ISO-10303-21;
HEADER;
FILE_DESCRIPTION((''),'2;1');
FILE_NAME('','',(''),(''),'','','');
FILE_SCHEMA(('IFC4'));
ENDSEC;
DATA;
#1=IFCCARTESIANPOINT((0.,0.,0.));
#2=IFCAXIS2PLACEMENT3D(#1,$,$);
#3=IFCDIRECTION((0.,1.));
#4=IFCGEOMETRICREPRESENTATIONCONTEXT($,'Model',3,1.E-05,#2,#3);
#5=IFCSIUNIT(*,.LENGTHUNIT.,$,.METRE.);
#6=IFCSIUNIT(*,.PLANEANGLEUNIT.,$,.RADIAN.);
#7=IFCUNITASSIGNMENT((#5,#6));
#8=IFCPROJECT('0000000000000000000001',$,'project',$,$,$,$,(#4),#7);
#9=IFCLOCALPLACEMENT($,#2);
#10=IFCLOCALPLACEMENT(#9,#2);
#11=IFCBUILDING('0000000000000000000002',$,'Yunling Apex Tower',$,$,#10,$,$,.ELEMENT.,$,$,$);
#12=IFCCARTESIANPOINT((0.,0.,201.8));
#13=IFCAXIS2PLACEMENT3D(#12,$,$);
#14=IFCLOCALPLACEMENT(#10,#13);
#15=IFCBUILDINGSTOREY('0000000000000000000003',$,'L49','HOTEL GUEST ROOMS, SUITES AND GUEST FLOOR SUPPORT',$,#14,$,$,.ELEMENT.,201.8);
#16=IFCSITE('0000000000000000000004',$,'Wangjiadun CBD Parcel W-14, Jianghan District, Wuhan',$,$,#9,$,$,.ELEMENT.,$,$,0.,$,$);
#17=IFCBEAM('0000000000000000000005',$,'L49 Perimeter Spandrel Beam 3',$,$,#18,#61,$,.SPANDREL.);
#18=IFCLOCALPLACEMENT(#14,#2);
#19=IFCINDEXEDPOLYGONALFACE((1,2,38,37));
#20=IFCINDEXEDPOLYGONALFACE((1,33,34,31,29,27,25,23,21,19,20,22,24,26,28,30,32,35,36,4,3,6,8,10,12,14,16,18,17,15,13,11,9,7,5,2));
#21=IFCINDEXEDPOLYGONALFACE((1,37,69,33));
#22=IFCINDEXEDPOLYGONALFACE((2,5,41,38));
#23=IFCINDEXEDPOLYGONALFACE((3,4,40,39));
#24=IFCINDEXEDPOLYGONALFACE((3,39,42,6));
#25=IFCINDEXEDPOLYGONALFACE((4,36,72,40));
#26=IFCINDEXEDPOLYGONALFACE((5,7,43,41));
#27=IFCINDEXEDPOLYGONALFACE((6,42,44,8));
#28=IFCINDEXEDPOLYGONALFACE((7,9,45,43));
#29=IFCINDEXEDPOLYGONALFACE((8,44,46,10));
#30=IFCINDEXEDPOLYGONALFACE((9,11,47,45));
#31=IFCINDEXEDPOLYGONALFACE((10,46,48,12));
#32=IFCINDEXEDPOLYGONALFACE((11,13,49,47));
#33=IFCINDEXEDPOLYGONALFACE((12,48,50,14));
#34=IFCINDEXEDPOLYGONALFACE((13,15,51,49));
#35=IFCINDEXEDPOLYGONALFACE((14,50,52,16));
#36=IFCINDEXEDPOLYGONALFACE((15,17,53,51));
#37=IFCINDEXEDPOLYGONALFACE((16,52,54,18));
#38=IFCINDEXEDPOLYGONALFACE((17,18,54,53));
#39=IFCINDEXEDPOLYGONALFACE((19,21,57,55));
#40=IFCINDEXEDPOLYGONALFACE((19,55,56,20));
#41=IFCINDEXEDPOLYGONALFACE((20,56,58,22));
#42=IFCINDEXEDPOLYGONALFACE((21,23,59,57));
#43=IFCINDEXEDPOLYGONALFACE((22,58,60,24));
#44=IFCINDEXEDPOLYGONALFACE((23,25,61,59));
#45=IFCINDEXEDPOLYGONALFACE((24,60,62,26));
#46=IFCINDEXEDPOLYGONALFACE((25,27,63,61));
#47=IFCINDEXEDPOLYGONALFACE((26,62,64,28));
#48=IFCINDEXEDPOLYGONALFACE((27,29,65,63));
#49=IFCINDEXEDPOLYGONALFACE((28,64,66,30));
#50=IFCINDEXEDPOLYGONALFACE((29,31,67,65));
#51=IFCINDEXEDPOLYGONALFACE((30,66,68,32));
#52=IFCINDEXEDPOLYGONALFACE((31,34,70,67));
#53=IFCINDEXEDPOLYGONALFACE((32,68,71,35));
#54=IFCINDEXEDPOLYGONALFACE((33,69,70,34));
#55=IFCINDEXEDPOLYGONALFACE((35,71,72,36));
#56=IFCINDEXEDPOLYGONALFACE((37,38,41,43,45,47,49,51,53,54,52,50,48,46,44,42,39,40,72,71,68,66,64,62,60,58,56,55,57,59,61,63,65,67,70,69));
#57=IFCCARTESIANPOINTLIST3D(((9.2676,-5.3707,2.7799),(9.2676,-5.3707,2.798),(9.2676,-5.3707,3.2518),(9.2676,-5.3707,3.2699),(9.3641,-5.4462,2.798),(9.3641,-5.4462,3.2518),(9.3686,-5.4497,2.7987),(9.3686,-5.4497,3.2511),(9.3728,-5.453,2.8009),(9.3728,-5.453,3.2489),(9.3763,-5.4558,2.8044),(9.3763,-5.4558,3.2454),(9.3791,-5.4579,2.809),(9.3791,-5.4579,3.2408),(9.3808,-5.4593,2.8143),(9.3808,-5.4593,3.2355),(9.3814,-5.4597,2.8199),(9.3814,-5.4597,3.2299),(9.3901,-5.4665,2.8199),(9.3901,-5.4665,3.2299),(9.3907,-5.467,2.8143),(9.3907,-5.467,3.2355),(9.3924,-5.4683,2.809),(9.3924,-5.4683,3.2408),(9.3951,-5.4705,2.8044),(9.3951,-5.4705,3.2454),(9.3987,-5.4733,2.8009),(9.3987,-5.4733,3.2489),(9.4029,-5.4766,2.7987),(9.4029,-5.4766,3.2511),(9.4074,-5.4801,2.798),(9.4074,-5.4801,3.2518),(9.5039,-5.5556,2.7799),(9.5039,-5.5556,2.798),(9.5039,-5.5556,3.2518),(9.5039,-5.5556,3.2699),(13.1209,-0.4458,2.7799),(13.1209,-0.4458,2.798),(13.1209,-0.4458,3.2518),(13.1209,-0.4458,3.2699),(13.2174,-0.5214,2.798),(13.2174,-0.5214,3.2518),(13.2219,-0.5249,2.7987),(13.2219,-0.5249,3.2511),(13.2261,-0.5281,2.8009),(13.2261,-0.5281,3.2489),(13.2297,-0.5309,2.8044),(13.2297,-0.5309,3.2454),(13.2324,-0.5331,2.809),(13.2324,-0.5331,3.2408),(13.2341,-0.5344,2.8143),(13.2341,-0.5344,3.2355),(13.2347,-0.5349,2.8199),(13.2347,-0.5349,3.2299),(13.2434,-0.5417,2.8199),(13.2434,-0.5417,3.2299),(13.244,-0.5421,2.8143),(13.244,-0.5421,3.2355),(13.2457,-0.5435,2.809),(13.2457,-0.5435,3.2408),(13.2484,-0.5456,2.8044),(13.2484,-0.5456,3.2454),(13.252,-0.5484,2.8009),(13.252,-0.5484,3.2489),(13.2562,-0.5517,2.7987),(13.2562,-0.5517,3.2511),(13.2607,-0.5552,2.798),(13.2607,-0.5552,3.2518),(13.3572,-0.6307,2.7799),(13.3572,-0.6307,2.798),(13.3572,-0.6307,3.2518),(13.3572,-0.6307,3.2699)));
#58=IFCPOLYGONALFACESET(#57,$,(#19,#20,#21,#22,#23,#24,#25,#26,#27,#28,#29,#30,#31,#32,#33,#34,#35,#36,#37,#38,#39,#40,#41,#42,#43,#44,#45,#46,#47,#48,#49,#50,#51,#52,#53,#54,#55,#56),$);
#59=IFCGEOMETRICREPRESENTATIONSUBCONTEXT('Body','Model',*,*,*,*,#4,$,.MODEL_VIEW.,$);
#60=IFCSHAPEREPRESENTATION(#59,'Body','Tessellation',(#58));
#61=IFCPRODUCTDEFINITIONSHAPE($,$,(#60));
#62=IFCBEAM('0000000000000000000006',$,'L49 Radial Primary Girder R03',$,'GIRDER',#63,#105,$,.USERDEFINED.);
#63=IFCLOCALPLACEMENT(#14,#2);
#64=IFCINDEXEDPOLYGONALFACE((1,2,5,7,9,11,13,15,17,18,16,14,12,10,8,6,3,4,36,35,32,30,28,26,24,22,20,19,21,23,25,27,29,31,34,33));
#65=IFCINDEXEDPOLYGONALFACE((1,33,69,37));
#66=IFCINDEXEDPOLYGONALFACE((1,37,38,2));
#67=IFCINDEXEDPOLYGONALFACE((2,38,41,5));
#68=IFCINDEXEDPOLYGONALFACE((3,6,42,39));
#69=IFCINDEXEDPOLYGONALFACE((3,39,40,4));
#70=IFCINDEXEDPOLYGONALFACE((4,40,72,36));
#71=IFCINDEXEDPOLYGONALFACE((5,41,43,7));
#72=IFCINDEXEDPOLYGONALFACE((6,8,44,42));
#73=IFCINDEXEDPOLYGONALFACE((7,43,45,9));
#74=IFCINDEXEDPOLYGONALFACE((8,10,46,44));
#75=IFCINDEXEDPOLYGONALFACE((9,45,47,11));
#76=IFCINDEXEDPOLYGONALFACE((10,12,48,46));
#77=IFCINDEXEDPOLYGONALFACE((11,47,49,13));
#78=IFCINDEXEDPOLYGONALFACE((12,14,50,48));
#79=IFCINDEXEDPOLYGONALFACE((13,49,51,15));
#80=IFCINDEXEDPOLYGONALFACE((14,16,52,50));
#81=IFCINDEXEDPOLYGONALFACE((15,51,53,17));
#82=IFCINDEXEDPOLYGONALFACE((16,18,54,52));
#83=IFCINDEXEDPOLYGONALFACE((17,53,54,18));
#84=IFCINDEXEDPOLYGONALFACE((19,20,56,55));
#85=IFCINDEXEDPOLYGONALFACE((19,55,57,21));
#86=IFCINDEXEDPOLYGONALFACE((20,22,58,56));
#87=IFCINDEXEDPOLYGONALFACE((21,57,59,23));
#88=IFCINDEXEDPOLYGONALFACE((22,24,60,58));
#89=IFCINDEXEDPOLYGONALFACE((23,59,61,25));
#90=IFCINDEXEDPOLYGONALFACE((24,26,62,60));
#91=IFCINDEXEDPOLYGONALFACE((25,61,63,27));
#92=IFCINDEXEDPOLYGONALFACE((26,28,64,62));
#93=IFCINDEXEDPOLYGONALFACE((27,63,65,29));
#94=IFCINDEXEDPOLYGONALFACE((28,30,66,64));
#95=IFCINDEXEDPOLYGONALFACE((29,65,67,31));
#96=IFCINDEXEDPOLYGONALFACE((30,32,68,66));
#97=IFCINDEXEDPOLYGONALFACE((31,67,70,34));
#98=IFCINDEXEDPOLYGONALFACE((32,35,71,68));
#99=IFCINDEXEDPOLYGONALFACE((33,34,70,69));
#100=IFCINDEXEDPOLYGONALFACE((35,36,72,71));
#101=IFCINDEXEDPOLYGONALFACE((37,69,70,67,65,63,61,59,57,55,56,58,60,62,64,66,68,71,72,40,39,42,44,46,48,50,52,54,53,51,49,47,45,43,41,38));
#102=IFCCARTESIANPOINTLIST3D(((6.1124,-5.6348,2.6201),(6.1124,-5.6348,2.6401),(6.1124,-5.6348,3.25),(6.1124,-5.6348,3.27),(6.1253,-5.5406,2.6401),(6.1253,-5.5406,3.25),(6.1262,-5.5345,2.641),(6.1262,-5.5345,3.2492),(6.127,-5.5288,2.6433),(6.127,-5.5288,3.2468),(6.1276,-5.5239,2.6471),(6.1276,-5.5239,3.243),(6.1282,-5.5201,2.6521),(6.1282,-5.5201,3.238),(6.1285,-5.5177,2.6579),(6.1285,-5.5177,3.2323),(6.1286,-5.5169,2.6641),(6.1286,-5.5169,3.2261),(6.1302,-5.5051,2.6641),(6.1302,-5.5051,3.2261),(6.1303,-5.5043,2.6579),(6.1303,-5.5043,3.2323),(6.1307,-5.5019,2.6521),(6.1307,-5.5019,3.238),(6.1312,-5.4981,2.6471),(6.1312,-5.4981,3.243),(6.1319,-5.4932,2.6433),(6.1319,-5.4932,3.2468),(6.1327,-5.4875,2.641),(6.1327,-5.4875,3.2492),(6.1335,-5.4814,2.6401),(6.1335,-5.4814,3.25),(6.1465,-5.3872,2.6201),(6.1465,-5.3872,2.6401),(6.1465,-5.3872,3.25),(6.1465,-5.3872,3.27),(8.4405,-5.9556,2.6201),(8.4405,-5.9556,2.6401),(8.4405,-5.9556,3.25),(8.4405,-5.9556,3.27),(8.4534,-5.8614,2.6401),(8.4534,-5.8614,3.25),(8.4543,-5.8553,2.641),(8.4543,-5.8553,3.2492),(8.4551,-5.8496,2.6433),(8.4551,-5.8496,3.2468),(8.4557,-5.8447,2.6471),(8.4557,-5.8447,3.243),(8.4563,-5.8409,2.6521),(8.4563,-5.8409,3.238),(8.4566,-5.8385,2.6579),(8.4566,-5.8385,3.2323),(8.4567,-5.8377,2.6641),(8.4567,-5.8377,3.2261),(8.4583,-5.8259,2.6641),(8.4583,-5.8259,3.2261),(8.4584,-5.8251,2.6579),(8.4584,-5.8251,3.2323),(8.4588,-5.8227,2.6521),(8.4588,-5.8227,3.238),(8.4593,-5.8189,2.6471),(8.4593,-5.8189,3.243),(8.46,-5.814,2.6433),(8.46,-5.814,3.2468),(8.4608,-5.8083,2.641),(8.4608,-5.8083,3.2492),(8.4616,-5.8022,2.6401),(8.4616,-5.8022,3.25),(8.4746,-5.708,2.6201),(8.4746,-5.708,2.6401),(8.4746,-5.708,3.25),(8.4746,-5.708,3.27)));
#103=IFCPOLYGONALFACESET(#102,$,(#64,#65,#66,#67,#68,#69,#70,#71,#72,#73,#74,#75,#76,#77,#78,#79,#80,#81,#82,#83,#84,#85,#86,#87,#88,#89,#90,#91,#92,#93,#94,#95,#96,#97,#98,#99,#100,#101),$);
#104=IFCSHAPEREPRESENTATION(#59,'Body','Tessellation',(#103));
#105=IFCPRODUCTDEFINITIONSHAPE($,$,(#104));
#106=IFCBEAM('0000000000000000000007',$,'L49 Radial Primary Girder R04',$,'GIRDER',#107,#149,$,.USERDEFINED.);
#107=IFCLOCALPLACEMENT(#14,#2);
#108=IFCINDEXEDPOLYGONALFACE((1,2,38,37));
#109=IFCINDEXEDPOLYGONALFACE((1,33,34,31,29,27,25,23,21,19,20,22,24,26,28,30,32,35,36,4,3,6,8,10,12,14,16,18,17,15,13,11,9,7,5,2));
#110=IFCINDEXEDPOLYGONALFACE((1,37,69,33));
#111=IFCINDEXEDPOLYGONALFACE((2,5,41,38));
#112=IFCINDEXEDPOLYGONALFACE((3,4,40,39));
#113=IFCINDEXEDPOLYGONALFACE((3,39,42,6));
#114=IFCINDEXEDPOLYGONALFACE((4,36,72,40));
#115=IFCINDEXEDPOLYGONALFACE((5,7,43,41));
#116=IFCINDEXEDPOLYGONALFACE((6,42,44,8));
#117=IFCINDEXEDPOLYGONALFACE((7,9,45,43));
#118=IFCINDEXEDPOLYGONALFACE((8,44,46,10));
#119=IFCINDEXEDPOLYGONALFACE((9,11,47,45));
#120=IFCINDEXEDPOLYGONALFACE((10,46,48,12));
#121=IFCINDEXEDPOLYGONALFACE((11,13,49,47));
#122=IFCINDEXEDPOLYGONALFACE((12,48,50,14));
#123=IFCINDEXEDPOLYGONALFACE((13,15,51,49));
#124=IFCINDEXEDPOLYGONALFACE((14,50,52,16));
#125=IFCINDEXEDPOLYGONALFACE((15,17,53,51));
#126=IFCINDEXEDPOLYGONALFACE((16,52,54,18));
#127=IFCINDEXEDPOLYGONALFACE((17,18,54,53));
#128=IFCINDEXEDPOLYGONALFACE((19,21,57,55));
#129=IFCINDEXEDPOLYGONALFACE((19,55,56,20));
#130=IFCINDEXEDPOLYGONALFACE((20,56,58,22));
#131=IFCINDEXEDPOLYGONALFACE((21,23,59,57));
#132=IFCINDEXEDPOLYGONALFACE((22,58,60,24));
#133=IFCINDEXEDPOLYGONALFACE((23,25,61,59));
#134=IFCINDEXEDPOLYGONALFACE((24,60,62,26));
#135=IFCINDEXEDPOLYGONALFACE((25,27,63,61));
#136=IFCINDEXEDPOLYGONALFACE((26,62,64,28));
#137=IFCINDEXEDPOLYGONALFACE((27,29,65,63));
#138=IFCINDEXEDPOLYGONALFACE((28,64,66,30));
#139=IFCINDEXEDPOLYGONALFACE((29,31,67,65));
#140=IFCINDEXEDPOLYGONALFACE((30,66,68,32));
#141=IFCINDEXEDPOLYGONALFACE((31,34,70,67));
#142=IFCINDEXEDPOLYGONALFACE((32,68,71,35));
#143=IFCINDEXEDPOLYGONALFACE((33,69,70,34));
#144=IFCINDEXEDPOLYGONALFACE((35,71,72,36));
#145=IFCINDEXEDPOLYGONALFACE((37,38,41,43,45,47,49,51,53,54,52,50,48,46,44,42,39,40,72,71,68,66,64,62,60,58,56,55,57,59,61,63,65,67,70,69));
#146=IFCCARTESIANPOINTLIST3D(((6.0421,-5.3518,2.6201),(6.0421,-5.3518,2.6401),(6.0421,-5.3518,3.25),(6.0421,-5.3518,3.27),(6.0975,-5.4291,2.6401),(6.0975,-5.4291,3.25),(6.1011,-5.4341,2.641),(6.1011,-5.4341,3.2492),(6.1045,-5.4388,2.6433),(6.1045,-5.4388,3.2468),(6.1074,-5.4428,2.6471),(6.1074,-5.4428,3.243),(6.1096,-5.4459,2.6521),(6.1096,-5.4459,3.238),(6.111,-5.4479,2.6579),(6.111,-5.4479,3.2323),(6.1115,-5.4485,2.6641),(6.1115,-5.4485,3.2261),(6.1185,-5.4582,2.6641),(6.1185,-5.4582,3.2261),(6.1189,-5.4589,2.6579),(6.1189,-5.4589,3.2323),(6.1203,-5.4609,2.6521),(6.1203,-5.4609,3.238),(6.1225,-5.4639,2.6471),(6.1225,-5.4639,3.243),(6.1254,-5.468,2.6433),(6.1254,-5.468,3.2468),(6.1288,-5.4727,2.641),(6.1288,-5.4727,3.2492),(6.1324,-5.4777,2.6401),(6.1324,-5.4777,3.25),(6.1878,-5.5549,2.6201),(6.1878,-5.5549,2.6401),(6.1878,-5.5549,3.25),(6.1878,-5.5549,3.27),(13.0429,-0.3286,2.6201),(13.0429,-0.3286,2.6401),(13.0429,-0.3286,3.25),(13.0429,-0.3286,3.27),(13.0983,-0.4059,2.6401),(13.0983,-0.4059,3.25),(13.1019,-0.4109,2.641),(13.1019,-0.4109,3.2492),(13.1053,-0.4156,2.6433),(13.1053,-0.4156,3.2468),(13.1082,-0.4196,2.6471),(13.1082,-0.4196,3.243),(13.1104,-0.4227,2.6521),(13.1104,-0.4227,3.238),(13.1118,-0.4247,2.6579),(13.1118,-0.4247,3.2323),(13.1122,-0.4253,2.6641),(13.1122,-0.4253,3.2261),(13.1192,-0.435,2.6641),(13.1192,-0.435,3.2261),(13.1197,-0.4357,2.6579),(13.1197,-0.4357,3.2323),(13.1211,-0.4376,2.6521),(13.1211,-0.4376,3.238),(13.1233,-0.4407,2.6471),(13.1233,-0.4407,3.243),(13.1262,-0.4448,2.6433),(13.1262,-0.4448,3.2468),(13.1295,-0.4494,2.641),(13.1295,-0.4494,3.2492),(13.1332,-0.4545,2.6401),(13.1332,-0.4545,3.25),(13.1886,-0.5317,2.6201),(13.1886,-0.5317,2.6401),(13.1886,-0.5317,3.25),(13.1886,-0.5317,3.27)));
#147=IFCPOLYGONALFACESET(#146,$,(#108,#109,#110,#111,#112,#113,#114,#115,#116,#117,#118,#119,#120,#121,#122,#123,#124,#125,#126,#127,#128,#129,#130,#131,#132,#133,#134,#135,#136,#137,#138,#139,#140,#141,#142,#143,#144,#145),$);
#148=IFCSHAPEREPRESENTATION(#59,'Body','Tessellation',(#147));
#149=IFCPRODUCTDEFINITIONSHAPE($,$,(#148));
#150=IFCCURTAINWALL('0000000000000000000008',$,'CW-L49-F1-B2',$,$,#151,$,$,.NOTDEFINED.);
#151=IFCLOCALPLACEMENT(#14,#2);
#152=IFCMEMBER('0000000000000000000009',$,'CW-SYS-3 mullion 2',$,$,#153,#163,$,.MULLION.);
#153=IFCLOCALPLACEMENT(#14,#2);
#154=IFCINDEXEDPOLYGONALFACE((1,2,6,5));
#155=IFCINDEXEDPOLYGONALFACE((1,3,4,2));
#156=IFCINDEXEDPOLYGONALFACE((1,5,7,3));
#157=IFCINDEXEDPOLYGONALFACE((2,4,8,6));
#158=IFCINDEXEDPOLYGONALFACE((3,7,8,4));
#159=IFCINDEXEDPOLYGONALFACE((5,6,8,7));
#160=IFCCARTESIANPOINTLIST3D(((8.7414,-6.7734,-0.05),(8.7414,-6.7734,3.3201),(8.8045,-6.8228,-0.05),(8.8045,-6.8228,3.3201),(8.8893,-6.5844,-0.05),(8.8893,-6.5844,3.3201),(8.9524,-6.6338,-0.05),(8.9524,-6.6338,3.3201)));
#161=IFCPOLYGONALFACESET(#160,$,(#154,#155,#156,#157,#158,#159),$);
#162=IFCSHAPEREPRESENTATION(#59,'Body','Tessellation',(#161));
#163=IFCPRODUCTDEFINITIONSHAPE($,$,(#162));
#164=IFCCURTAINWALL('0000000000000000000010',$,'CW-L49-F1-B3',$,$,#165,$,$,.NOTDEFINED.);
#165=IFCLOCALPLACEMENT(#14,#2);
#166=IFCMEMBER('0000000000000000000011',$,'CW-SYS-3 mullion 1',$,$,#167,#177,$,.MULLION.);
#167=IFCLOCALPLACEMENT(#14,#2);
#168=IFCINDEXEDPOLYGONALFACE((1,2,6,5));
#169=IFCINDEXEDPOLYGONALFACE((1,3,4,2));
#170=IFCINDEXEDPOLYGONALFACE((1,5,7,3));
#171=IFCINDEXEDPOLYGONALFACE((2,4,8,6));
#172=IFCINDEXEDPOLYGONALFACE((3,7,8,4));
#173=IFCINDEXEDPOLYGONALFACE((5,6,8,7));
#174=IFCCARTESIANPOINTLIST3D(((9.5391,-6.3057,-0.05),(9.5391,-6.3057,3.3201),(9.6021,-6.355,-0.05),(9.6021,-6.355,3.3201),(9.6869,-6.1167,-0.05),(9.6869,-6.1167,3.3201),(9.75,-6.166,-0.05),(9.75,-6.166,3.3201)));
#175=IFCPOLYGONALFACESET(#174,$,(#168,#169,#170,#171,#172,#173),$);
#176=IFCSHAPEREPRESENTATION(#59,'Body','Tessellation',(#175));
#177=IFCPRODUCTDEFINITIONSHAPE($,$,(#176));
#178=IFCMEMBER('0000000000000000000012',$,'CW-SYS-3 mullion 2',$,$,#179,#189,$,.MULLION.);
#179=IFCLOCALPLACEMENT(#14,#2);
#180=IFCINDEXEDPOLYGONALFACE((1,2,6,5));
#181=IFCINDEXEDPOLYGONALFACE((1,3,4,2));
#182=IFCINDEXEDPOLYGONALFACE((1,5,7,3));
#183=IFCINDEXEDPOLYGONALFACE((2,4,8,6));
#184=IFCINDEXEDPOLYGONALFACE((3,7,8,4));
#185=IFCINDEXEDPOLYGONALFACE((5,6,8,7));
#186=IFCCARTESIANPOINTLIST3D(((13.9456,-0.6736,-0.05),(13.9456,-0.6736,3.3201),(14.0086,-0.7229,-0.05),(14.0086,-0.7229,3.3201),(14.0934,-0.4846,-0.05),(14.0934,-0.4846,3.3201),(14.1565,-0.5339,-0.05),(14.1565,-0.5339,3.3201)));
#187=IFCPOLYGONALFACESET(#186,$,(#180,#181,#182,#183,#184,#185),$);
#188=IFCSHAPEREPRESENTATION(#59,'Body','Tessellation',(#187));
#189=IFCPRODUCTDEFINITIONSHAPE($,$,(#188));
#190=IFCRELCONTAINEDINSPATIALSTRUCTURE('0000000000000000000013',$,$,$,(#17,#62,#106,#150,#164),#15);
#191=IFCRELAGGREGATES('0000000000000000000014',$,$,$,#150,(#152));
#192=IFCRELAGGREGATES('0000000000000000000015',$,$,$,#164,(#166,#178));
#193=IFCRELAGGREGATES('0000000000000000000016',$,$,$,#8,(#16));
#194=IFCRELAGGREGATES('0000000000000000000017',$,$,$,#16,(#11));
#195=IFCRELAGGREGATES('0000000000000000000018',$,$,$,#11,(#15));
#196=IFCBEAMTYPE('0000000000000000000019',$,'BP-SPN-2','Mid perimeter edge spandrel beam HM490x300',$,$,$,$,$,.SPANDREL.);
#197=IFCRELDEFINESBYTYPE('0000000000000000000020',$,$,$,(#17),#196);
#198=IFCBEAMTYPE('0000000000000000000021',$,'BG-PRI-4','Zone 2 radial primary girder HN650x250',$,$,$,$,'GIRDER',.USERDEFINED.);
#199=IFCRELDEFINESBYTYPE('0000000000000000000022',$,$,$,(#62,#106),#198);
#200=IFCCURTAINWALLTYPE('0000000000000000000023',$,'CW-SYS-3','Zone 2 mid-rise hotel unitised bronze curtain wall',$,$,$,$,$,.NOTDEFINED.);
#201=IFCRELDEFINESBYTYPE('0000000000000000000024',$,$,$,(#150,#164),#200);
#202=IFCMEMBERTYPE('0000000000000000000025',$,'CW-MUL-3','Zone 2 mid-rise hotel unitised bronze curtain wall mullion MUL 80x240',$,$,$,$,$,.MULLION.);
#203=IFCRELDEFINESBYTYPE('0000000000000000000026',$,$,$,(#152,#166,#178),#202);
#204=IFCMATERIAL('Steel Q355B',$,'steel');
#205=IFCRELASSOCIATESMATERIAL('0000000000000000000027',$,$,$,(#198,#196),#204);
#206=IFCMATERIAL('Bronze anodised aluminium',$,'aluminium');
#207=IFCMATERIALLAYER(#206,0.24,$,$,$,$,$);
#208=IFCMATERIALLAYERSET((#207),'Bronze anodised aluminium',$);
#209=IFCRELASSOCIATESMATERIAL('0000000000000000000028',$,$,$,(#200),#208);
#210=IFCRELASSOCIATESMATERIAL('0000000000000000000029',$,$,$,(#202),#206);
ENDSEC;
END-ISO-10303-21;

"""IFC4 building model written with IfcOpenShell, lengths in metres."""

from ifc_helpers import new_model, si_unit, direction, frame, origin, origin_2d, place, context, subcontext, project, spatial, rectangle, i_section, extrude, source, transform, mapped, material, layer, layer_set, material_profile, profile_set, type_object, element, aggregate, save


model = new_model("IFC4")

# Units and contexts
model_context = context("Model", 3, precision=1e-05, world=origin(), true_north=direction((0.0, 1.0)))
body_context = subcontext(model_context, "Body", "Model", "MODEL_VIEW")
ifc_project = project(units=[si_unit("LENGTHUNIT", "METRE"), si_unit("PLANEANGLEUNIT", "RADIAN")], contexts=[model_context])

# Site, building, storey
site_placement = place(None, origin())
site = spatial("IfcSite", under=ifc_project, at=site_placement, Name="Wangjiadun CBD Parcel W-14, Jianghan District, Wuhan", CompositionType="ELEMENT", RefElevation=0.0)
building_placement = place(site_placement, origin())
building = spatial("IfcBuilding", under=site, at=building_placement, Name="Yunling Apex Tower", CompositionType="ELEMENT")
storey_placement = place(building_placement, frame((0.0, 0.0, 201.8)))
storey = spatial("IfcBuildingStorey", under=building, at=storey_placement, Name="L49", Description="HOTEL GUEST ROOMS, SUITES AND GUEST FLOOR SUPPORT", CompositionType="ELEMENT", Elevation=201.8)

# Beams
ifc_material_1 = material(Name="Steel Q355B", Category="steel")
ifc_material_profile_1 = material_profile(ifc_material_1, i_section(OverallWidth=0.25, OverallDepth=0.6499, WebThickness=0.012, FlangeThickness=0.02, FilletRadius=0.0239, at=origin_2d()))
ifc_profile_set_1 = profile_set([ifc_material_profile_1], Name="Steel Q355B")
beam_type_1 = type_object("IfcBeamType", Name="BG-PRI-4", Description="Zone 2 radial primary girder HN650x250", ElementType="GIRDER", PredefinedType="USERDEFINED", material=ifc_profile_set_1)
ifc_material_profile_2 = material_profile(ifc_material_1, i_section(OverallWidth=0.3, OverallDepth=0.49, WebThickness=0.011, FlangeThickness=0.0181, FilletRadius=0.022, at=origin_2d()))
ifc_profile_set_2 = profile_set([ifc_material_profile_2], Name="Steel Q355B")
beam_type_2 = type_object("IfcBeamType", Name="BP-SPN-2", Description="Mid perimeter edge spandrel beam HM490x300", PredefinedType="SPANDREL", material=ifc_profile_set_2)
shared_shape_1 = source(origin(), body_context, "Body", "SweptSolid", [
    extrude(i_section(OverallWidth=0.3, OverallDepth=0.49, WebThickness=0.011, FlangeThickness=0.0181, FilletRadius=0.022, at=origin_2d()), origin(), (0.0, 0.0, 1.0), 6.2532),
])
beam_1_placement = place(storey_placement, frame((9.3857, -5.4631, 3.0249), z_axis=(0.616217, 0.787577, 0.0), x_axis=(-0.787577, 0.616217, 0.0)))
element("IfcBeam", 1, at=beam_1_placement, inside=storey, type_object=beam_type_2, Name="L49 Perimeter Spandrel Beam 3", PredefinedType="SPANDREL", context=body_context, shape_type="MappedRepresentation", body=[
    mapped(shared_shape_1, transform((0.0, 0.0, 0.0), scale=1.0)),
])
shared_shape_2 = source(origin(), body_context, "Body", "SweptSolid", [
    extrude(i_section(OverallWidth=0.25, OverallDepth=0.6499, WebThickness=0.012, FlangeThickness=0.02, FilletRadius=0.0239, at=origin_2d()), origin(), (0.0, 0.0, 1.0), 2.3501),
])
beam_2_placement = place(storey_placement, frame((8.4575, -5.8318, 2.9451), z_axis=(-0.99064, 0.136504, 0.0), x_axis=(-0.136504, -0.99064, 0.0)))
element("IfcBeam", 2, at=beam_2_placement, inside=storey, type_object=beam_type_1, Name="L49 Radial Primary Girder R03", ObjectType="GIRDER", PredefinedType="USERDEFINED", context=body_context, shape_type="MappedRepresentation", body=[
    mapped(shared_shape_2, transform((0.0, 0.0, 0.0), scale=1.0)),
])
shared_shape_3 = source(origin(), body_context, "Body", "SweptSolid", [
    extrude(i_section(OverallWidth=0.25, OverallDepth=0.6499, WebThickness=0.012, FlangeThickness=0.02, FilletRadius=0.0239, at=origin_2d()), origin(), (0.0, 0.0, 1.0), 8.6165),
])
beam_3_placement = place(storey_placement, frame((13.1157, -0.4302, 2.9451), z_axis=(-0.812487, -0.582979, 0.0), x_axis=(0.582979, -0.812487, 0.0)))
element("IfcBeam", 3, at=beam_3_placement, inside=storey, type_object=beam_type_1, Name="L49 Radial Primary Girder R04", ObjectType="GIRDER", PredefinedType="USERDEFINED", context=body_context, shape_type="MappedRepresentation", body=[
    mapped(shared_shape_3, transform((0.0, 0.0, 0.0), scale=1.0)),
])

# Curtain wall, member
ifc_material_2 = material(Name="Bronze anodised aluminium", Category="aluminium")
ifc_layer_1 = layer(ifc_material_2, 0.24)
ifc_layer_set_1 = layer_set([ifc_layer_1], Name="Bronze anodised aluminium")
curtain_wall_type = type_object("IfcCurtainWallType", Name="CW-SYS-3", Description="Zone 2 mid-rise hotel unitised bronze curtain wall", PredefinedType="NOTDEFINED", material=ifc_layer_set_1)
curtain_wall_1_placement = place(storey_placement, origin())
curtain_wall_1 = element("IfcCurtainWall", 4, at=curtain_wall_1_placement, inside=storey, type_object=curtain_wall_type, Name="CW-L49-F1-B2", PredefinedType="NOTDEFINED")
ifc_material_profile_3 = material_profile(ifc_material_2, rectangle(XDim=0.0801, YDim=0.24, at=origin_2d()))
ifc_profile_set_3 = profile_set([ifc_material_profile_3], Name="Bronze anodised aluminium")
member_type_1 = type_object("IfcMemberType", Name="CW-MUL-3", Description="Zone 2 mid-rise hotel unitised bronze curtain wall mullion MUL 80x240", PredefinedType="MULLION", material=ifc_profile_set_3)
shared_shape_4 = source(origin(), body_context, "Body", "SweptSolid", [
    extrude(rectangle(XDim=0.0801, YDim=0.24, at=origin_2d()), origin(), (0.0, 0.0, 1.0), 3.3701),
])
member_1_placement = place(storey_placement, frame((8.8469, -6.7036, -0.05), z_axis=(0.0, 0.0, 1.0), x_axis=(-0.787576, 0.616217, 0.0)))
member_1 = element("IfcMember", 5, at=member_1_placement, type_object=member_type_1, Name="CW-SYS-3 mullion 2", PredefinedType="MULLION", context=body_context, shape_type="MappedRepresentation", body=[
    mapped(shared_shape_4, transform((0.0, 0.0, 0.0), scale=1.0)),
])

# Curtain wall, members
curtain_wall_2_placement = place(storey_placement, origin())
curtain_wall_2 = element("IfcCurtainWall", 6, at=curtain_wall_2_placement, inside=storey, type_object=curtain_wall_type, Name="CW-L49-F1-B3", PredefinedType="NOTDEFINED")
member_2_placement = place(storey_placement, frame((9.6445, -6.2358, -0.05), z_axis=(0.0, 0.0, 1.0), x_axis=(-0.787589, 0.6162, 0.0)))
member_2 = element("IfcMember", 7, at=member_2_placement, type_object=member_type_1, Name="CW-SYS-3 mullion 1", PredefinedType="MULLION", context=body_context, shape_type="MappedRepresentation", body=[
    mapped(shared_shape_4, transform((0.0, 0.0, 0.0), scale=1.0)),
])
member_3_placement = place(storey_placement, frame((14.051, -0.6038, -0.05), z_axis=(0.0, 0.0, 1.0), x_axis=(-0.787589, 0.6162, 0.0)))
member_3 = element("IfcMember", 8, at=member_3_placement, type_object=member_type_1, Name="CW-SYS-3 mullion 2", PredefinedType="MULLION", context=body_context, shape_type="MappedRepresentation", body=[
    mapped(shared_shape_4, transform((0.0, 0.0, 0.0), scale=1.0)),
])

aggregate(curtain_wall_1, [member_1])
aggregate(curtain_wall_2, [member_2, member_3])

save(model, "model.ifc")
